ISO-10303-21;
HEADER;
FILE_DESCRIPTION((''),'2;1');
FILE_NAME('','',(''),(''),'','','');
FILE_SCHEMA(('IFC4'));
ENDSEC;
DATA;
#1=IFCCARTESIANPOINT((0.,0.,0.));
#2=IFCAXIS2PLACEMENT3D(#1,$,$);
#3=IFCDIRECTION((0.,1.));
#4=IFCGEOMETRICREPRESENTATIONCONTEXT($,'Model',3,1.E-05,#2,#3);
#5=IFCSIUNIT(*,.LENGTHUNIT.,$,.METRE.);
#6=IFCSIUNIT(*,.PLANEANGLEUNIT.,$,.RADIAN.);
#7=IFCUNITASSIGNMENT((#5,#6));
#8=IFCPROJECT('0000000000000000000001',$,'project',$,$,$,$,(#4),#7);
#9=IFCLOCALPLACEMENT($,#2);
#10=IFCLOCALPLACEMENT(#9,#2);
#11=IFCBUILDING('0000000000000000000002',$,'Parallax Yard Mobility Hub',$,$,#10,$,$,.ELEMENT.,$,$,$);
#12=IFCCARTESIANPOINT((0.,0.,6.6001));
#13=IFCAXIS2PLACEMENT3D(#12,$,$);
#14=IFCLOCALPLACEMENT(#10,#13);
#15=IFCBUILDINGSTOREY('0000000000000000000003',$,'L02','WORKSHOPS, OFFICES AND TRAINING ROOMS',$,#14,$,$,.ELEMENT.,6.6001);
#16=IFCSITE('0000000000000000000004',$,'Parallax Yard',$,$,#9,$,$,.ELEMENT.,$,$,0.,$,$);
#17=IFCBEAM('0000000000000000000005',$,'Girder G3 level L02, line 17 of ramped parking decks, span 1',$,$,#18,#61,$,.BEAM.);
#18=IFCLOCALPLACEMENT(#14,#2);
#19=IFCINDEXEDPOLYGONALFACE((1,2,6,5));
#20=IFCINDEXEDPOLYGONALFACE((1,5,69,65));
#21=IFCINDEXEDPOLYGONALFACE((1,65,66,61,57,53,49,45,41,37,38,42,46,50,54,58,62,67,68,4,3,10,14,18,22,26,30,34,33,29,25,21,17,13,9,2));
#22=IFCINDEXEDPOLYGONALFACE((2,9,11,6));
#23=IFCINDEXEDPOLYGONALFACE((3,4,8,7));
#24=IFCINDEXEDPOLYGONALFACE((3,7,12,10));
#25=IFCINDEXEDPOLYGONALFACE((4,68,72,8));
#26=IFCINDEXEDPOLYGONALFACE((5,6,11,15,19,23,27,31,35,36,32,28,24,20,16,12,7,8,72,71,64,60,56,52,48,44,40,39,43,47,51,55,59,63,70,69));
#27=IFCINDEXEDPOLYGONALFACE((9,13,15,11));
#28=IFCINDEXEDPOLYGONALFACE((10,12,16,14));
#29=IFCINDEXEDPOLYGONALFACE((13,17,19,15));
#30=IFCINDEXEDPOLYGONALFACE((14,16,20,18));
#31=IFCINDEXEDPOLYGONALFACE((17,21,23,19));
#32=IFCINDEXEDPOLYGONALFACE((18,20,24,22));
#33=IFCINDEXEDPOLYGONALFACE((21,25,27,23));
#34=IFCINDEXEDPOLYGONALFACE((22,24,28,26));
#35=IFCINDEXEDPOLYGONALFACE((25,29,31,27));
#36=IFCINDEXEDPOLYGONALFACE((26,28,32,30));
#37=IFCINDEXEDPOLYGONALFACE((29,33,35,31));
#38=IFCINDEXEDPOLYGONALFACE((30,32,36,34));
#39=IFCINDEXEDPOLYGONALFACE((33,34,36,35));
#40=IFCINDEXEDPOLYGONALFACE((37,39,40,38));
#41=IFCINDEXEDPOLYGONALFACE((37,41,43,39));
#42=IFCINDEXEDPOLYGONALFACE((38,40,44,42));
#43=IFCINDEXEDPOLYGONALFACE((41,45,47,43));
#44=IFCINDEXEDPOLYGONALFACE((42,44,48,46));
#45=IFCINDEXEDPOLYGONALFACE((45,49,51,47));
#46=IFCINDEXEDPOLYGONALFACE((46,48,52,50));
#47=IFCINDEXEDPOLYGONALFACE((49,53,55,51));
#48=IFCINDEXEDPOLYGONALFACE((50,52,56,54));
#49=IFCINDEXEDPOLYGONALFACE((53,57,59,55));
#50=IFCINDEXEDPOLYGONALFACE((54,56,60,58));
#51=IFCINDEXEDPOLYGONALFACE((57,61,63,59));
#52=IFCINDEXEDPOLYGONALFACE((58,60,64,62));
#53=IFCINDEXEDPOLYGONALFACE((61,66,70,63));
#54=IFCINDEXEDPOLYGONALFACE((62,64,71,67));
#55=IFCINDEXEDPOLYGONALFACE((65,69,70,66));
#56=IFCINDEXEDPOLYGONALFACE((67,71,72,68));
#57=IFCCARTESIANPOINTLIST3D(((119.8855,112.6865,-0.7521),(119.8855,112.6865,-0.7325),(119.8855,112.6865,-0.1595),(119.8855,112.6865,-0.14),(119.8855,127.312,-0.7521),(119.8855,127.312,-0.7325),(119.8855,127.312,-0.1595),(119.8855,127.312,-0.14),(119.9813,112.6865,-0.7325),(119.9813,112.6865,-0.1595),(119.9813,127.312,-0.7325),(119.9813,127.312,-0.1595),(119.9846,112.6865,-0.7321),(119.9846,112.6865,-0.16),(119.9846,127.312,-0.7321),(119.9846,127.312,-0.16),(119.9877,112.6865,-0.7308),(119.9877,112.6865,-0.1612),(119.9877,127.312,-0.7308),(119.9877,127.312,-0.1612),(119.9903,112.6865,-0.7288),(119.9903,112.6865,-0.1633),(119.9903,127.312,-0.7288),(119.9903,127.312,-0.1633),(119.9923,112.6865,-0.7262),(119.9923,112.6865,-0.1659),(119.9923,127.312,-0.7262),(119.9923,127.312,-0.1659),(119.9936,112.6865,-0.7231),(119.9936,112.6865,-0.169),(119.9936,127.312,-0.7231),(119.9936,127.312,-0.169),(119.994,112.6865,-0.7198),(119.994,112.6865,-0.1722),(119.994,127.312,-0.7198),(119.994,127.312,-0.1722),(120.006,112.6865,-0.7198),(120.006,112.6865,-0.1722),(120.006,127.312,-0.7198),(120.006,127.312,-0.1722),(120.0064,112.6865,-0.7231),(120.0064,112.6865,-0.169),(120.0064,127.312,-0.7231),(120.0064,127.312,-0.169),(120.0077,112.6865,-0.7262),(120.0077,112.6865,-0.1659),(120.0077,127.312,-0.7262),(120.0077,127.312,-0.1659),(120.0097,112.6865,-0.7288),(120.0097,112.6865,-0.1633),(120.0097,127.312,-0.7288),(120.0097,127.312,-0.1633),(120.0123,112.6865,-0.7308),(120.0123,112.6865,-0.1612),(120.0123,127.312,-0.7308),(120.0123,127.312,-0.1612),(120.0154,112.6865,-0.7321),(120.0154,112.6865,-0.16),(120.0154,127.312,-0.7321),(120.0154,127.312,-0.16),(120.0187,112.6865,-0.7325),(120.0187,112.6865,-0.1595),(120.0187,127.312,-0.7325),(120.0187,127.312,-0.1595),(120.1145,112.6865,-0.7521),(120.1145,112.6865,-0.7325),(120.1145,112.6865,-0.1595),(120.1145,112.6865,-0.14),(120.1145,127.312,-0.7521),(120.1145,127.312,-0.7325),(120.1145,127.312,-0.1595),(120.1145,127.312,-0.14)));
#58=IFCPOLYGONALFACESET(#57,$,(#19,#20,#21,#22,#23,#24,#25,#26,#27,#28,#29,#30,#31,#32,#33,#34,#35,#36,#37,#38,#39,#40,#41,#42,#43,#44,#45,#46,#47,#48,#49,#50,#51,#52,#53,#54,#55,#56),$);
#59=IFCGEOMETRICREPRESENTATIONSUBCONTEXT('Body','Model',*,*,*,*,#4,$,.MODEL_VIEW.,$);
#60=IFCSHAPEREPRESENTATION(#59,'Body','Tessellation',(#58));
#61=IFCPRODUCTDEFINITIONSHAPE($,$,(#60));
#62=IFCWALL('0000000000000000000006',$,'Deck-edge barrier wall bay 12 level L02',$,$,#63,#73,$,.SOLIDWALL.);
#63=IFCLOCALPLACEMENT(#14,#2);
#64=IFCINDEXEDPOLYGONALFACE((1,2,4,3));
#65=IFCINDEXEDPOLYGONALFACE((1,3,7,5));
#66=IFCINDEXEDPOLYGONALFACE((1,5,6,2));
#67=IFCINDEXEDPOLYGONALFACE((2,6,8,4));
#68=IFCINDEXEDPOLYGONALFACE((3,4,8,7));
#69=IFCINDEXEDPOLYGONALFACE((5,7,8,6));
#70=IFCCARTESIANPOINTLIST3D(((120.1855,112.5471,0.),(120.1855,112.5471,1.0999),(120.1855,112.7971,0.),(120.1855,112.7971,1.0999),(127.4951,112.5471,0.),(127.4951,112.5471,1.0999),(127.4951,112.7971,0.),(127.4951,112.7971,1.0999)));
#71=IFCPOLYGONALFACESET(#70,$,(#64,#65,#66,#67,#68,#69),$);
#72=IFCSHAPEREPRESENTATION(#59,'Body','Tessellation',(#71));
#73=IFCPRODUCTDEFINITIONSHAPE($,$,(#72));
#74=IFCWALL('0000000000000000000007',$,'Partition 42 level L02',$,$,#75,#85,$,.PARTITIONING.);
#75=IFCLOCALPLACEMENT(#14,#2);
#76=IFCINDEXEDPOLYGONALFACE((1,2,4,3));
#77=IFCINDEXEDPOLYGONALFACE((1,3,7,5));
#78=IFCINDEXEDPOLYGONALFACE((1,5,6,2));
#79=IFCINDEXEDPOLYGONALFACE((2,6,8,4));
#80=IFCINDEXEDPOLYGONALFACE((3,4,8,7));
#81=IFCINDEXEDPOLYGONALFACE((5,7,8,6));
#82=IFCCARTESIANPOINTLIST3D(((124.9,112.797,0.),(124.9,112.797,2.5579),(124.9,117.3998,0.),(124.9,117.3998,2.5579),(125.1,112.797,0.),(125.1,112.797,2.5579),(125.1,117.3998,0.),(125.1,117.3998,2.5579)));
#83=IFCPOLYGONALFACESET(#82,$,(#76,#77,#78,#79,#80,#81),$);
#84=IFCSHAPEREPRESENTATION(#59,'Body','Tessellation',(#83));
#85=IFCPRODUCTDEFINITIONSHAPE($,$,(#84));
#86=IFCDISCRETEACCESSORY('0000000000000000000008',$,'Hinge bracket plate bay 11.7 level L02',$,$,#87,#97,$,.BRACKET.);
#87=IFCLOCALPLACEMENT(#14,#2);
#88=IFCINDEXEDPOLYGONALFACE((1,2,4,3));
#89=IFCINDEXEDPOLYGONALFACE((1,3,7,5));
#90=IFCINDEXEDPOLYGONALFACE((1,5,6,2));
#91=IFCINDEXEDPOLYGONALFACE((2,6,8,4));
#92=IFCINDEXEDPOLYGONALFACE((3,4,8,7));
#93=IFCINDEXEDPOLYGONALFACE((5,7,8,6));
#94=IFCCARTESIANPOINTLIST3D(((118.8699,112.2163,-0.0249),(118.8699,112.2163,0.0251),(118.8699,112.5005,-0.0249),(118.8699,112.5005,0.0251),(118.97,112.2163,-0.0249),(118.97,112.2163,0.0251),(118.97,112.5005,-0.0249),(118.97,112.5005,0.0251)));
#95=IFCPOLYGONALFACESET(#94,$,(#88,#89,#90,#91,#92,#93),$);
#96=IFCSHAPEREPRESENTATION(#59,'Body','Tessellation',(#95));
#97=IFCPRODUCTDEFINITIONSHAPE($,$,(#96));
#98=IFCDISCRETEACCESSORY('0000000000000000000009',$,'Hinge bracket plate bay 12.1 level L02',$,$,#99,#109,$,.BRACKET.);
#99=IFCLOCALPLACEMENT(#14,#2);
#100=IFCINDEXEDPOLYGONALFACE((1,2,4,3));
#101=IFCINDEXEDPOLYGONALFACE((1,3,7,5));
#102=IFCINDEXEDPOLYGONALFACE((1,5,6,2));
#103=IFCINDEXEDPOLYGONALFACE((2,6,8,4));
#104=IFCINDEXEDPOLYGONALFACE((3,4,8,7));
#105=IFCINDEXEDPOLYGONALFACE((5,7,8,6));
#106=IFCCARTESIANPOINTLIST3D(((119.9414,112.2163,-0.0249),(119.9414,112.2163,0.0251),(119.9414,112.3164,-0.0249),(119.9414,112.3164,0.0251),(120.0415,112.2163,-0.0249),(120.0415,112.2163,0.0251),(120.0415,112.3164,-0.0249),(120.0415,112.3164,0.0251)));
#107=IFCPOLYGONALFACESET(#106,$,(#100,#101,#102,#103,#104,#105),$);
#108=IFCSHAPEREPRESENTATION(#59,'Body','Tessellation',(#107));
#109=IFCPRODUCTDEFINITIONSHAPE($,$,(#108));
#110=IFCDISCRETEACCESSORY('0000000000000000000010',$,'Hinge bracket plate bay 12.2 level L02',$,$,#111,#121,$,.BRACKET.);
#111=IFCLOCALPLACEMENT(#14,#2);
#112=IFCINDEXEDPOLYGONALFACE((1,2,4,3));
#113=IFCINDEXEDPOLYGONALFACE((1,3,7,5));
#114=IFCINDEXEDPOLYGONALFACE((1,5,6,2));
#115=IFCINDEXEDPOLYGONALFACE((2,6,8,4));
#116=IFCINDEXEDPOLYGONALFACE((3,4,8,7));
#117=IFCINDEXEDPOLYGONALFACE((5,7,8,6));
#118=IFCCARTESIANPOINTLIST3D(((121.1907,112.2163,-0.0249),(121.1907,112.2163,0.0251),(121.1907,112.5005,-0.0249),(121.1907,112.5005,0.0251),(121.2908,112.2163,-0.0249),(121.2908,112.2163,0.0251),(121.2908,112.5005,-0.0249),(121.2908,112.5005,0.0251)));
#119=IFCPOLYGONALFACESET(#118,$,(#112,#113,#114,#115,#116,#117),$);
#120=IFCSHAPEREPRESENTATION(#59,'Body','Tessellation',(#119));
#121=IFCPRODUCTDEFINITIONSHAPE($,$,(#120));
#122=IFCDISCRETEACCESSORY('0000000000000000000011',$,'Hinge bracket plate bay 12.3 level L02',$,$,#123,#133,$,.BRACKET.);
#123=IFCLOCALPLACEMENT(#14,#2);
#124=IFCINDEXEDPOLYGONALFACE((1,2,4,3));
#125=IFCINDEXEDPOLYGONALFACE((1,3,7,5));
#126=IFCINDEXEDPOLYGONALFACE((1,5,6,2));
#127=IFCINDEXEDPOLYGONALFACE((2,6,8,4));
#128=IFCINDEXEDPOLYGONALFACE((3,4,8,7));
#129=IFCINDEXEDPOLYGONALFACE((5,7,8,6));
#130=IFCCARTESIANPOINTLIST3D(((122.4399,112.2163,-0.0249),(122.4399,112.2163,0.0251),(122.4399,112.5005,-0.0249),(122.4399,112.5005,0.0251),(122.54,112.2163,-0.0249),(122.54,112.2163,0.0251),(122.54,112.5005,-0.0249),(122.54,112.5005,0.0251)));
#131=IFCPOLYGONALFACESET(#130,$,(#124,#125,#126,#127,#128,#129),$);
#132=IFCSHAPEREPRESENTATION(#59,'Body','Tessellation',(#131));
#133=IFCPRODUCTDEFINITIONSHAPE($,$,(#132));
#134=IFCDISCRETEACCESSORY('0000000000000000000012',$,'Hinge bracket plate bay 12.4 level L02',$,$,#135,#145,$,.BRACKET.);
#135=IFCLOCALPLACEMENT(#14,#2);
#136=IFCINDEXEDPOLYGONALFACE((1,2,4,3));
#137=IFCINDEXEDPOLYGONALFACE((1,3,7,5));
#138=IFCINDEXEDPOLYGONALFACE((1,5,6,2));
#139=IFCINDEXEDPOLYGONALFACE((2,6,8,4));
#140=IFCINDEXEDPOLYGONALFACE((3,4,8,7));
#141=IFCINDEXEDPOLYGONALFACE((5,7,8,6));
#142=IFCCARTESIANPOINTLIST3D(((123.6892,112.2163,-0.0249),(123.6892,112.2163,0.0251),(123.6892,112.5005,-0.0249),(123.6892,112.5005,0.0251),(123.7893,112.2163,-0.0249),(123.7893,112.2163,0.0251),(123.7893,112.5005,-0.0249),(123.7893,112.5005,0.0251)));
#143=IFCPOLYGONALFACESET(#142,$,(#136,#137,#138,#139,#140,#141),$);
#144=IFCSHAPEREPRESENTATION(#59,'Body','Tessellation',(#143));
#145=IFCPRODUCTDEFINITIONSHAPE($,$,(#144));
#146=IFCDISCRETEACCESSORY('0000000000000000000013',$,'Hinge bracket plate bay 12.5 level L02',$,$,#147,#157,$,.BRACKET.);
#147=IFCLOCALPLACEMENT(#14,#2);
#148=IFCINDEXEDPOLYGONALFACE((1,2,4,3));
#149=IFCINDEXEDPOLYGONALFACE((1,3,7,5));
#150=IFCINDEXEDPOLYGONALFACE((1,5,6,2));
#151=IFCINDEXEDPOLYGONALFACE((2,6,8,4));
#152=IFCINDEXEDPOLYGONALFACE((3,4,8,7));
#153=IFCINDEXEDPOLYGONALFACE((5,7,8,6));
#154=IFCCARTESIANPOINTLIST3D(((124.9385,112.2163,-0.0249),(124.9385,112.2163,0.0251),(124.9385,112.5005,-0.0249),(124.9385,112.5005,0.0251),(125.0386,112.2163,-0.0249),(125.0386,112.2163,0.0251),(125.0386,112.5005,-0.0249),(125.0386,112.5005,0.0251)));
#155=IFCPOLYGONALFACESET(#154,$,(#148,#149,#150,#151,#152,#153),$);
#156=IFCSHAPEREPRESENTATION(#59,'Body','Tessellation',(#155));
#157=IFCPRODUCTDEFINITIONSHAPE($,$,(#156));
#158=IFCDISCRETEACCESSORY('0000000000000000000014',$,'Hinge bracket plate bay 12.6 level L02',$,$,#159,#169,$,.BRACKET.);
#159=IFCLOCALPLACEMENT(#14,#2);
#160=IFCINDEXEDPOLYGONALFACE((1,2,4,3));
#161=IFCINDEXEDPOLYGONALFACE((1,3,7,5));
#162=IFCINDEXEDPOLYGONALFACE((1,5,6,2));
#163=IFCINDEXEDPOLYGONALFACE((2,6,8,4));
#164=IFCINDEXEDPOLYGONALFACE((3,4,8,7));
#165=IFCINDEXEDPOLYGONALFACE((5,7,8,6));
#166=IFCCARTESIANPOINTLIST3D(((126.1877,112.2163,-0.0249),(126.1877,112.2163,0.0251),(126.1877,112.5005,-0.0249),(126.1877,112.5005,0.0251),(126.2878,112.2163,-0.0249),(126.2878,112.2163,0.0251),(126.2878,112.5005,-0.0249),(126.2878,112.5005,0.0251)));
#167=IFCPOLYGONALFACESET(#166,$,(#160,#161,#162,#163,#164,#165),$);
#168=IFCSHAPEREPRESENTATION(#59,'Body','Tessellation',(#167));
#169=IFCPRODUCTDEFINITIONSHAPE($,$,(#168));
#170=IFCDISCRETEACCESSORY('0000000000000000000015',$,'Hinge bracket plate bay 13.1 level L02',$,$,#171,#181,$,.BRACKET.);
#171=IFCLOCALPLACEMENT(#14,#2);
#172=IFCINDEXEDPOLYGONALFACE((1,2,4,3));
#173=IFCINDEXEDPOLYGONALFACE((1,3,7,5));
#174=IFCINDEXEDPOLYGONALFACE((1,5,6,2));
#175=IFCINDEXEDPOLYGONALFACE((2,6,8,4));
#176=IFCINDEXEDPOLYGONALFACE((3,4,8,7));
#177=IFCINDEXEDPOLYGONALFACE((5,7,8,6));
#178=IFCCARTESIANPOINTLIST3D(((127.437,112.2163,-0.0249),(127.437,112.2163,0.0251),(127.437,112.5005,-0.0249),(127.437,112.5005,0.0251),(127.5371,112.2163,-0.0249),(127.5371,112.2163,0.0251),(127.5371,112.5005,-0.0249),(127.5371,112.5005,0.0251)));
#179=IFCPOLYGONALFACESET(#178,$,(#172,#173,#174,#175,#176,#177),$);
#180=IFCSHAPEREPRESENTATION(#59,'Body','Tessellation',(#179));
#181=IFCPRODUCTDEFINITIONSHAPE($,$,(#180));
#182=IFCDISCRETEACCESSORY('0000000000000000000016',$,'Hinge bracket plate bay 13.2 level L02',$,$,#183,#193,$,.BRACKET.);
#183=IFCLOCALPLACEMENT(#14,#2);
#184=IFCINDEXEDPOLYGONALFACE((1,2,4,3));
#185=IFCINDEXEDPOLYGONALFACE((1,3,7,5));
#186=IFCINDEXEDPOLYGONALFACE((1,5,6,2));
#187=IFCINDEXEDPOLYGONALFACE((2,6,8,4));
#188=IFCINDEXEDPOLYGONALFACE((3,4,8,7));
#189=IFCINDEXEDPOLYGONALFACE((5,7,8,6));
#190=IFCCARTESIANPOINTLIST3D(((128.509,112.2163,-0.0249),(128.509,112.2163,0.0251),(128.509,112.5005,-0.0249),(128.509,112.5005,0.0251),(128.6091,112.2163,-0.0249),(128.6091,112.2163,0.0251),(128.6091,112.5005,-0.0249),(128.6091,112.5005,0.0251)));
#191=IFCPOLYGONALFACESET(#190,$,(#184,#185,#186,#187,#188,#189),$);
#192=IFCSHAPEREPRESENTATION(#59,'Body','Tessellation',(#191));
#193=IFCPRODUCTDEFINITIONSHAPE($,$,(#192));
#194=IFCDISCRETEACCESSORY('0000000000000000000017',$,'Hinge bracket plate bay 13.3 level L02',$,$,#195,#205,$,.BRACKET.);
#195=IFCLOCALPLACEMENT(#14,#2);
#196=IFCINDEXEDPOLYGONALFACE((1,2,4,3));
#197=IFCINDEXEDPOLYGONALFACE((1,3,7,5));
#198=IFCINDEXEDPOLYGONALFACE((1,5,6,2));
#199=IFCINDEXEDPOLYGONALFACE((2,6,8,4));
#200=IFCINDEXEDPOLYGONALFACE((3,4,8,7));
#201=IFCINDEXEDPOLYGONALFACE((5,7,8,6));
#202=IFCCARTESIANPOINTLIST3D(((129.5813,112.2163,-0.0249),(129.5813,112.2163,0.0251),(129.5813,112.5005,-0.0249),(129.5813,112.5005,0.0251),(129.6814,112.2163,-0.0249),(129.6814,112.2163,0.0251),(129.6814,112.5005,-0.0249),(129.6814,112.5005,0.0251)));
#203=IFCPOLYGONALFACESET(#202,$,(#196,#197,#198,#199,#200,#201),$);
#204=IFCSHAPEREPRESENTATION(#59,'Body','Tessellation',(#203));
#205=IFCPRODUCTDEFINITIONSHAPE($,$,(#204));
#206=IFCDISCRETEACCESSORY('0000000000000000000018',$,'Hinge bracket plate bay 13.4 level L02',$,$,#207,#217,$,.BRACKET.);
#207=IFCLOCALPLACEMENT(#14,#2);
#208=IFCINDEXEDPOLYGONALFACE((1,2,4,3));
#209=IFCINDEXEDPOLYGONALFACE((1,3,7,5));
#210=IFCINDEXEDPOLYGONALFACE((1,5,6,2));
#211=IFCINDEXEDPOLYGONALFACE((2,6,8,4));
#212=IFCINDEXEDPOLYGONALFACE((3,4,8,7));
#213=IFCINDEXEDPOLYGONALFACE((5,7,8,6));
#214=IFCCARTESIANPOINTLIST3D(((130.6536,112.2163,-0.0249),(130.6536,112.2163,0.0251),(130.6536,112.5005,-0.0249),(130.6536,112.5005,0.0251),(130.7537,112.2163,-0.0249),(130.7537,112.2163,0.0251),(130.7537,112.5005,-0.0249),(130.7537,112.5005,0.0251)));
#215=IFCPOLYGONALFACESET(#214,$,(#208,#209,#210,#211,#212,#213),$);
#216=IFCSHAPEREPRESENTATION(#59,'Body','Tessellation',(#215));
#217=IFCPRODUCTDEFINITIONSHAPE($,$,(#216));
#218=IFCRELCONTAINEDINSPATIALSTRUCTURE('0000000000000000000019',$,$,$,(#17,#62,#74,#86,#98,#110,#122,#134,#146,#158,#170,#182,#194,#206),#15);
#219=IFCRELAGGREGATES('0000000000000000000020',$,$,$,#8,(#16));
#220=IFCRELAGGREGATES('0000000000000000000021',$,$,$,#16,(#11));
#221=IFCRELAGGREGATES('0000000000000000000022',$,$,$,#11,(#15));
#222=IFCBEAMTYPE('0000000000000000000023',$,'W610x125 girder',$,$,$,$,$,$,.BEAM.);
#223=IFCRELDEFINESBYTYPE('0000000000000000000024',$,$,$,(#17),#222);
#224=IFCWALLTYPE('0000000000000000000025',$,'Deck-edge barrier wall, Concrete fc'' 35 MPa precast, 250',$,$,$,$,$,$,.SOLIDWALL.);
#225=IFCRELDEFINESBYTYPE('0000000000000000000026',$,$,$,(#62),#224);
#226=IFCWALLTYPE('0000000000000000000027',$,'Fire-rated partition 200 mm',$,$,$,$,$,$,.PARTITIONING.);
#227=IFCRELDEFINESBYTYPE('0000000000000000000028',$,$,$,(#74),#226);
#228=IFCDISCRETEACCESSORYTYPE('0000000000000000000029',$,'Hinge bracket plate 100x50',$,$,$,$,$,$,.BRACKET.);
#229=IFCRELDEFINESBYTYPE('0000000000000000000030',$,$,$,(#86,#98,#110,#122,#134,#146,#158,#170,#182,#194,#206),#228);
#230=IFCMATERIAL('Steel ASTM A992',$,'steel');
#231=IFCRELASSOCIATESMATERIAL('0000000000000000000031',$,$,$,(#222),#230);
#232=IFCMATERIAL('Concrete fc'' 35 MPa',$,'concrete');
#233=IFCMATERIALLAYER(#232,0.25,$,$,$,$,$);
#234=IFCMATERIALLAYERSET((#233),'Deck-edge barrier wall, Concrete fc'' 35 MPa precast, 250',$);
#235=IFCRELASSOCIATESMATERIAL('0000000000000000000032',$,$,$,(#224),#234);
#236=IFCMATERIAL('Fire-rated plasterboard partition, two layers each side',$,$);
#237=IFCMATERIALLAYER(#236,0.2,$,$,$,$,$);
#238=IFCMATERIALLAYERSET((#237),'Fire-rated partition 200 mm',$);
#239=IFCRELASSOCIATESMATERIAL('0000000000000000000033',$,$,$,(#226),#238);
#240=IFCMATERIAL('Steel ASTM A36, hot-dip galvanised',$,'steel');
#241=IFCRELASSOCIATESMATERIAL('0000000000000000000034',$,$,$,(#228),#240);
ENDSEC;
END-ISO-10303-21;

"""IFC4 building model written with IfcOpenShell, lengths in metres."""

from ifc_helpers import new_model, si_unit, direction, frame, frame_2d, origin, origin_2d, place, context, subcontext, project, spatial, rectangle, i_section, extrude, material, layer, layer_set, material_profile, profile_set, type_object, element, save


model = new_model("IFC4")

# Units and contexts
model_context = context("Model", 3, precision=1e-05, world=origin(), true_north=direction((0.0, 1.0)))
body_context = subcontext(model_context, "Body", "Model", "MODEL_VIEW")
ifc_project = project(units=[si_unit("LENGTHUNIT", "METRE"), si_unit("PLANEANGLEUNIT", "RADIAN")], contexts=[model_context])

# Site, building, storey
site_placement = place(None, origin())
site = spatial("IfcSite", under=ifc_project, at=site_placement, Name="Parallax Yard", CompositionType="ELEMENT", RefElevation=0.0)
building_placement = place(site_placement, origin())
building = spatial("IfcBuilding", under=site, at=building_placement, Name="Parallax Yard Mobility Hub", CompositionType="ELEMENT")
storey_placement = place(building_placement, frame((0.0, 0.0, 6.6001)))
storey = spatial("IfcBuildingStorey", under=building, at=storey_placement, Name="L02", Description="WORKSHOPS, OFFICES AND TRAINING ROOMS", CompositionType="ELEMENT", Elevation=6.6001)

# Shared definitions
ifc_material_1 = material(Name="Steel ASTM A992", Category="steel")

# Beam
ifc_material_profile_1 = material_profile(ifc_material_1, i_section(OverallWidth=0.229, OverallDepth=0.6121, WebThickness=0.012, FlangeThickness=0.0195, FilletRadius=0.0127, at=origin_2d()), Name="W610x125")
ifc_profile_set_1 = profile_set([ifc_material_profile_1], Name="Steel ASTM A992")
beam_type_1 = type_object("IfcBeamType", Name="W610x125 girder", PredefinedType="BEAM", material=ifc_profile_set_1)
beam_1_placement = place(storey_placement, frame((120.0, 112.6865, -0.446), z_axis=(0.0, 1.0, 0.0), x_axis=(-1.0, 0.0, 0.0)))
element("IfcBeam", 1, at=beam_1_placement, inside=storey, type_object=beam_type_1, Name="Girder G3 level L02, line 17 of ramped parking decks, span 1", PredefinedType="BEAM", context=body_context, shape_type="SweptSolid", body=[
    extrude(i_section(OverallWidth=0.229, OverallDepth=0.6121, WebThickness=0.012, FlangeThickness=0.0195, FilletRadius=0.0127, at=origin_2d()), origin(), (0.0, 0.0, 1.0), 14.6255),
])

# Walls
ifc_material_2 = material(Name="Concrete fc' 35 MPa", Category="concrete")
ifc_layer_1 = layer(ifc_material_2, 0.25)
ifc_layer_set_1 = layer_set([ifc_layer_1], Name="Deck-edge barrier wall, Concrete fc' 35 MPa precast, 250")
wall_type_1 = type_object("IfcWallType", Name="Deck-edge barrier wall, Concrete fc' 35 MPa precast, 250", PredefinedType="SOLIDWALL", material=ifc_layer_set_1)
wall_1_placement = place(storey_placement, frame((120.1855, 112.6721, 0.0), z_axis=(0.0, 0.0, 1.0), x_axis=(1.0, 0.0, 0.0)))
element("IfcWall", 2, at=wall_1_placement, inside=storey, type_object=wall_type_1, Name="Deck-edge barrier wall bay 12 level L02", PredefinedType="SOLIDWALL", context=body_context, shape_type="SweptSolid", body=[
    extrude(rectangle(XDim=7.3096, YDim=0.25, at=frame_2d((3.6548, 0.0))), origin(), (0.0, 0.0, 1.0), 1.0999),
])
ifc_material_3 = material(Name="Fire-rated plasterboard partition, two layers each side")
ifc_layer_2 = layer(ifc_material_3, 0.2)
ifc_layer_set_2 = layer_set([ifc_layer_2], Name="Fire-rated partition 200 mm")
wall_type_2 = type_object("IfcWallType", Name="Fire-rated partition 200 mm", PredefinedType="PARTITIONING", material=ifc_layer_set_2)
wall_2_placement = place(storey_placement, frame((125.0, 112.7971, 0.0), z_axis=(0.0, 0.0, 1.0), x_axis=(0.0, 1.0, 0.0)))
element("IfcWall", 3, at=wall_2_placement, inside=storey, type_object=wall_type_2, Name="Partition 42 level L02", PredefinedType="PARTITIONING", context=body_context, shape_type="SweptSolid", body=[
    extrude(rectangle(XDim=4.6028, YDim=0.2, at=frame_2d((2.3013, 0.0))), origin(), (0.0, 0.0, 1.0), 2.5579),
])

# Discrete accessories
ifc_material_4 = material(Name="Steel ASTM A36, hot-dip galvanised", Category="steel")
discrete_accessory_type_1 = type_object("IfcDiscreteAccessoryType", Name="Hinge bracket plate 100x50", PredefinedType="BRACKET", material=ifc_material_4)
discrete_accessory_1_placement = place(storey_placement, frame((118.9199, 112.3584, -0.0249), z_axis=(0.0, 0.0, 1.0), x_axis=(0.0, -1.0, 0.0)))
element("IfcDiscreteAccessory", 4, at=discrete_accessory_1_placement, inside=storey, type_object=discrete_accessory_type_1, Name="Hinge bracket plate bay 11.7 level L02", PredefinedType="BRACKET", context=body_context, shape_type="SweptSolid", body=[
    extrude(rectangle(XDim=0.2842, YDim=0.1001, at=origin_2d()), origin(), (0.0, 0.0, 1.0), 0.05),
])
discrete_accessory_2_placement = place(storey_placement, frame((119.9915, 112.2664, -0.0249), z_axis=(0.0, 0.0, 1.0), x_axis=(0.0, -1.0, 0.0)))
element("IfcDiscreteAccessory", 5, at=discrete_accessory_2_placement, inside=storey, type_object=discrete_accessory_type_1, Name="Hinge bracket plate bay 12.1 level L02", PredefinedType="BRACKET", context=body_context, shape_type="SweptSolid", body=[
    extrude(rectangle(XDim=0.1001, YDim=0.1001, at=origin_2d()), origin(), (0.0, 0.0, 1.0), 0.05),
])
for number, where, z_axis, x_axis, name in (
    (6, (121.2407, 112.3584, -0.0249), (0.0, 0.0, 1.0), (0.0, -1.0, 0.0), "Hinge bracket plate bay 12.2 level L02"),
    (7, (122.49, 112.3584, -0.0249), (0.0, 0.0, 1.0), (0.0, -1.0, 0.0), "Hinge bracket plate bay 12.3 level L02"),
    (8, (123.7393, 112.3584, -0.0249), (0.0, 0.0, 1.0), (0.0, -1.0, 0.0), "Hinge bracket plate bay 12.4 level L02"),
    (9, (124.9885, 112.3584, -0.0249), (0.0, 0.0, 1.0), (0.0, -1.0, 0.0), "Hinge bracket plate bay 12.5 level L02"),
    (10, (126.2378, 112.3584, -0.0249), (0.0, 0.0, 1.0), (0.0, -1.0, 0.0), "Hinge bracket plate bay 12.6 level L02"),
    (11, (127.4871, 112.3584, -0.0249), (0.0, 0.0, 1.0), (0.0, -1.0, 0.0), "Hinge bracket plate bay 13.1 level L02"),
    (12, (128.5591, 112.3584, -0.0249), (0.0, 0.0, 1.0), (0.0, -1.0, 0.0), "Hinge bracket plate bay 13.2 level L02"),
    (13, (129.6313, 112.3584, -0.0249), (0.0, 0.0, 1.0), (0.0, -1.0, 0.0), "Hinge bracket plate bay 13.3 level L02"),
    (14, (130.7036, 112.3584, -0.0249), (0.0, 0.0, 1.0), (0.0, -1.0, 0.0), "Hinge bracket plate bay 13.4 level L02"),
):
    element("IfcDiscreteAccessory", number, at=place(storey_placement, frame(where, z_axis=z_axis, x_axis=x_axis)), inside=storey, type_object=discrete_accessory_type_1, Name=name, PredefinedType="BRACKET", context=body_context, shape_type="SweptSolid", body=[
        extrude(rectangle(XDim=0.2842, YDim=0.1001, at=origin_2d()), origin(), (0.0, 0.0, 1.0), 0.05),
    ])

save(model, "model.ifc")
